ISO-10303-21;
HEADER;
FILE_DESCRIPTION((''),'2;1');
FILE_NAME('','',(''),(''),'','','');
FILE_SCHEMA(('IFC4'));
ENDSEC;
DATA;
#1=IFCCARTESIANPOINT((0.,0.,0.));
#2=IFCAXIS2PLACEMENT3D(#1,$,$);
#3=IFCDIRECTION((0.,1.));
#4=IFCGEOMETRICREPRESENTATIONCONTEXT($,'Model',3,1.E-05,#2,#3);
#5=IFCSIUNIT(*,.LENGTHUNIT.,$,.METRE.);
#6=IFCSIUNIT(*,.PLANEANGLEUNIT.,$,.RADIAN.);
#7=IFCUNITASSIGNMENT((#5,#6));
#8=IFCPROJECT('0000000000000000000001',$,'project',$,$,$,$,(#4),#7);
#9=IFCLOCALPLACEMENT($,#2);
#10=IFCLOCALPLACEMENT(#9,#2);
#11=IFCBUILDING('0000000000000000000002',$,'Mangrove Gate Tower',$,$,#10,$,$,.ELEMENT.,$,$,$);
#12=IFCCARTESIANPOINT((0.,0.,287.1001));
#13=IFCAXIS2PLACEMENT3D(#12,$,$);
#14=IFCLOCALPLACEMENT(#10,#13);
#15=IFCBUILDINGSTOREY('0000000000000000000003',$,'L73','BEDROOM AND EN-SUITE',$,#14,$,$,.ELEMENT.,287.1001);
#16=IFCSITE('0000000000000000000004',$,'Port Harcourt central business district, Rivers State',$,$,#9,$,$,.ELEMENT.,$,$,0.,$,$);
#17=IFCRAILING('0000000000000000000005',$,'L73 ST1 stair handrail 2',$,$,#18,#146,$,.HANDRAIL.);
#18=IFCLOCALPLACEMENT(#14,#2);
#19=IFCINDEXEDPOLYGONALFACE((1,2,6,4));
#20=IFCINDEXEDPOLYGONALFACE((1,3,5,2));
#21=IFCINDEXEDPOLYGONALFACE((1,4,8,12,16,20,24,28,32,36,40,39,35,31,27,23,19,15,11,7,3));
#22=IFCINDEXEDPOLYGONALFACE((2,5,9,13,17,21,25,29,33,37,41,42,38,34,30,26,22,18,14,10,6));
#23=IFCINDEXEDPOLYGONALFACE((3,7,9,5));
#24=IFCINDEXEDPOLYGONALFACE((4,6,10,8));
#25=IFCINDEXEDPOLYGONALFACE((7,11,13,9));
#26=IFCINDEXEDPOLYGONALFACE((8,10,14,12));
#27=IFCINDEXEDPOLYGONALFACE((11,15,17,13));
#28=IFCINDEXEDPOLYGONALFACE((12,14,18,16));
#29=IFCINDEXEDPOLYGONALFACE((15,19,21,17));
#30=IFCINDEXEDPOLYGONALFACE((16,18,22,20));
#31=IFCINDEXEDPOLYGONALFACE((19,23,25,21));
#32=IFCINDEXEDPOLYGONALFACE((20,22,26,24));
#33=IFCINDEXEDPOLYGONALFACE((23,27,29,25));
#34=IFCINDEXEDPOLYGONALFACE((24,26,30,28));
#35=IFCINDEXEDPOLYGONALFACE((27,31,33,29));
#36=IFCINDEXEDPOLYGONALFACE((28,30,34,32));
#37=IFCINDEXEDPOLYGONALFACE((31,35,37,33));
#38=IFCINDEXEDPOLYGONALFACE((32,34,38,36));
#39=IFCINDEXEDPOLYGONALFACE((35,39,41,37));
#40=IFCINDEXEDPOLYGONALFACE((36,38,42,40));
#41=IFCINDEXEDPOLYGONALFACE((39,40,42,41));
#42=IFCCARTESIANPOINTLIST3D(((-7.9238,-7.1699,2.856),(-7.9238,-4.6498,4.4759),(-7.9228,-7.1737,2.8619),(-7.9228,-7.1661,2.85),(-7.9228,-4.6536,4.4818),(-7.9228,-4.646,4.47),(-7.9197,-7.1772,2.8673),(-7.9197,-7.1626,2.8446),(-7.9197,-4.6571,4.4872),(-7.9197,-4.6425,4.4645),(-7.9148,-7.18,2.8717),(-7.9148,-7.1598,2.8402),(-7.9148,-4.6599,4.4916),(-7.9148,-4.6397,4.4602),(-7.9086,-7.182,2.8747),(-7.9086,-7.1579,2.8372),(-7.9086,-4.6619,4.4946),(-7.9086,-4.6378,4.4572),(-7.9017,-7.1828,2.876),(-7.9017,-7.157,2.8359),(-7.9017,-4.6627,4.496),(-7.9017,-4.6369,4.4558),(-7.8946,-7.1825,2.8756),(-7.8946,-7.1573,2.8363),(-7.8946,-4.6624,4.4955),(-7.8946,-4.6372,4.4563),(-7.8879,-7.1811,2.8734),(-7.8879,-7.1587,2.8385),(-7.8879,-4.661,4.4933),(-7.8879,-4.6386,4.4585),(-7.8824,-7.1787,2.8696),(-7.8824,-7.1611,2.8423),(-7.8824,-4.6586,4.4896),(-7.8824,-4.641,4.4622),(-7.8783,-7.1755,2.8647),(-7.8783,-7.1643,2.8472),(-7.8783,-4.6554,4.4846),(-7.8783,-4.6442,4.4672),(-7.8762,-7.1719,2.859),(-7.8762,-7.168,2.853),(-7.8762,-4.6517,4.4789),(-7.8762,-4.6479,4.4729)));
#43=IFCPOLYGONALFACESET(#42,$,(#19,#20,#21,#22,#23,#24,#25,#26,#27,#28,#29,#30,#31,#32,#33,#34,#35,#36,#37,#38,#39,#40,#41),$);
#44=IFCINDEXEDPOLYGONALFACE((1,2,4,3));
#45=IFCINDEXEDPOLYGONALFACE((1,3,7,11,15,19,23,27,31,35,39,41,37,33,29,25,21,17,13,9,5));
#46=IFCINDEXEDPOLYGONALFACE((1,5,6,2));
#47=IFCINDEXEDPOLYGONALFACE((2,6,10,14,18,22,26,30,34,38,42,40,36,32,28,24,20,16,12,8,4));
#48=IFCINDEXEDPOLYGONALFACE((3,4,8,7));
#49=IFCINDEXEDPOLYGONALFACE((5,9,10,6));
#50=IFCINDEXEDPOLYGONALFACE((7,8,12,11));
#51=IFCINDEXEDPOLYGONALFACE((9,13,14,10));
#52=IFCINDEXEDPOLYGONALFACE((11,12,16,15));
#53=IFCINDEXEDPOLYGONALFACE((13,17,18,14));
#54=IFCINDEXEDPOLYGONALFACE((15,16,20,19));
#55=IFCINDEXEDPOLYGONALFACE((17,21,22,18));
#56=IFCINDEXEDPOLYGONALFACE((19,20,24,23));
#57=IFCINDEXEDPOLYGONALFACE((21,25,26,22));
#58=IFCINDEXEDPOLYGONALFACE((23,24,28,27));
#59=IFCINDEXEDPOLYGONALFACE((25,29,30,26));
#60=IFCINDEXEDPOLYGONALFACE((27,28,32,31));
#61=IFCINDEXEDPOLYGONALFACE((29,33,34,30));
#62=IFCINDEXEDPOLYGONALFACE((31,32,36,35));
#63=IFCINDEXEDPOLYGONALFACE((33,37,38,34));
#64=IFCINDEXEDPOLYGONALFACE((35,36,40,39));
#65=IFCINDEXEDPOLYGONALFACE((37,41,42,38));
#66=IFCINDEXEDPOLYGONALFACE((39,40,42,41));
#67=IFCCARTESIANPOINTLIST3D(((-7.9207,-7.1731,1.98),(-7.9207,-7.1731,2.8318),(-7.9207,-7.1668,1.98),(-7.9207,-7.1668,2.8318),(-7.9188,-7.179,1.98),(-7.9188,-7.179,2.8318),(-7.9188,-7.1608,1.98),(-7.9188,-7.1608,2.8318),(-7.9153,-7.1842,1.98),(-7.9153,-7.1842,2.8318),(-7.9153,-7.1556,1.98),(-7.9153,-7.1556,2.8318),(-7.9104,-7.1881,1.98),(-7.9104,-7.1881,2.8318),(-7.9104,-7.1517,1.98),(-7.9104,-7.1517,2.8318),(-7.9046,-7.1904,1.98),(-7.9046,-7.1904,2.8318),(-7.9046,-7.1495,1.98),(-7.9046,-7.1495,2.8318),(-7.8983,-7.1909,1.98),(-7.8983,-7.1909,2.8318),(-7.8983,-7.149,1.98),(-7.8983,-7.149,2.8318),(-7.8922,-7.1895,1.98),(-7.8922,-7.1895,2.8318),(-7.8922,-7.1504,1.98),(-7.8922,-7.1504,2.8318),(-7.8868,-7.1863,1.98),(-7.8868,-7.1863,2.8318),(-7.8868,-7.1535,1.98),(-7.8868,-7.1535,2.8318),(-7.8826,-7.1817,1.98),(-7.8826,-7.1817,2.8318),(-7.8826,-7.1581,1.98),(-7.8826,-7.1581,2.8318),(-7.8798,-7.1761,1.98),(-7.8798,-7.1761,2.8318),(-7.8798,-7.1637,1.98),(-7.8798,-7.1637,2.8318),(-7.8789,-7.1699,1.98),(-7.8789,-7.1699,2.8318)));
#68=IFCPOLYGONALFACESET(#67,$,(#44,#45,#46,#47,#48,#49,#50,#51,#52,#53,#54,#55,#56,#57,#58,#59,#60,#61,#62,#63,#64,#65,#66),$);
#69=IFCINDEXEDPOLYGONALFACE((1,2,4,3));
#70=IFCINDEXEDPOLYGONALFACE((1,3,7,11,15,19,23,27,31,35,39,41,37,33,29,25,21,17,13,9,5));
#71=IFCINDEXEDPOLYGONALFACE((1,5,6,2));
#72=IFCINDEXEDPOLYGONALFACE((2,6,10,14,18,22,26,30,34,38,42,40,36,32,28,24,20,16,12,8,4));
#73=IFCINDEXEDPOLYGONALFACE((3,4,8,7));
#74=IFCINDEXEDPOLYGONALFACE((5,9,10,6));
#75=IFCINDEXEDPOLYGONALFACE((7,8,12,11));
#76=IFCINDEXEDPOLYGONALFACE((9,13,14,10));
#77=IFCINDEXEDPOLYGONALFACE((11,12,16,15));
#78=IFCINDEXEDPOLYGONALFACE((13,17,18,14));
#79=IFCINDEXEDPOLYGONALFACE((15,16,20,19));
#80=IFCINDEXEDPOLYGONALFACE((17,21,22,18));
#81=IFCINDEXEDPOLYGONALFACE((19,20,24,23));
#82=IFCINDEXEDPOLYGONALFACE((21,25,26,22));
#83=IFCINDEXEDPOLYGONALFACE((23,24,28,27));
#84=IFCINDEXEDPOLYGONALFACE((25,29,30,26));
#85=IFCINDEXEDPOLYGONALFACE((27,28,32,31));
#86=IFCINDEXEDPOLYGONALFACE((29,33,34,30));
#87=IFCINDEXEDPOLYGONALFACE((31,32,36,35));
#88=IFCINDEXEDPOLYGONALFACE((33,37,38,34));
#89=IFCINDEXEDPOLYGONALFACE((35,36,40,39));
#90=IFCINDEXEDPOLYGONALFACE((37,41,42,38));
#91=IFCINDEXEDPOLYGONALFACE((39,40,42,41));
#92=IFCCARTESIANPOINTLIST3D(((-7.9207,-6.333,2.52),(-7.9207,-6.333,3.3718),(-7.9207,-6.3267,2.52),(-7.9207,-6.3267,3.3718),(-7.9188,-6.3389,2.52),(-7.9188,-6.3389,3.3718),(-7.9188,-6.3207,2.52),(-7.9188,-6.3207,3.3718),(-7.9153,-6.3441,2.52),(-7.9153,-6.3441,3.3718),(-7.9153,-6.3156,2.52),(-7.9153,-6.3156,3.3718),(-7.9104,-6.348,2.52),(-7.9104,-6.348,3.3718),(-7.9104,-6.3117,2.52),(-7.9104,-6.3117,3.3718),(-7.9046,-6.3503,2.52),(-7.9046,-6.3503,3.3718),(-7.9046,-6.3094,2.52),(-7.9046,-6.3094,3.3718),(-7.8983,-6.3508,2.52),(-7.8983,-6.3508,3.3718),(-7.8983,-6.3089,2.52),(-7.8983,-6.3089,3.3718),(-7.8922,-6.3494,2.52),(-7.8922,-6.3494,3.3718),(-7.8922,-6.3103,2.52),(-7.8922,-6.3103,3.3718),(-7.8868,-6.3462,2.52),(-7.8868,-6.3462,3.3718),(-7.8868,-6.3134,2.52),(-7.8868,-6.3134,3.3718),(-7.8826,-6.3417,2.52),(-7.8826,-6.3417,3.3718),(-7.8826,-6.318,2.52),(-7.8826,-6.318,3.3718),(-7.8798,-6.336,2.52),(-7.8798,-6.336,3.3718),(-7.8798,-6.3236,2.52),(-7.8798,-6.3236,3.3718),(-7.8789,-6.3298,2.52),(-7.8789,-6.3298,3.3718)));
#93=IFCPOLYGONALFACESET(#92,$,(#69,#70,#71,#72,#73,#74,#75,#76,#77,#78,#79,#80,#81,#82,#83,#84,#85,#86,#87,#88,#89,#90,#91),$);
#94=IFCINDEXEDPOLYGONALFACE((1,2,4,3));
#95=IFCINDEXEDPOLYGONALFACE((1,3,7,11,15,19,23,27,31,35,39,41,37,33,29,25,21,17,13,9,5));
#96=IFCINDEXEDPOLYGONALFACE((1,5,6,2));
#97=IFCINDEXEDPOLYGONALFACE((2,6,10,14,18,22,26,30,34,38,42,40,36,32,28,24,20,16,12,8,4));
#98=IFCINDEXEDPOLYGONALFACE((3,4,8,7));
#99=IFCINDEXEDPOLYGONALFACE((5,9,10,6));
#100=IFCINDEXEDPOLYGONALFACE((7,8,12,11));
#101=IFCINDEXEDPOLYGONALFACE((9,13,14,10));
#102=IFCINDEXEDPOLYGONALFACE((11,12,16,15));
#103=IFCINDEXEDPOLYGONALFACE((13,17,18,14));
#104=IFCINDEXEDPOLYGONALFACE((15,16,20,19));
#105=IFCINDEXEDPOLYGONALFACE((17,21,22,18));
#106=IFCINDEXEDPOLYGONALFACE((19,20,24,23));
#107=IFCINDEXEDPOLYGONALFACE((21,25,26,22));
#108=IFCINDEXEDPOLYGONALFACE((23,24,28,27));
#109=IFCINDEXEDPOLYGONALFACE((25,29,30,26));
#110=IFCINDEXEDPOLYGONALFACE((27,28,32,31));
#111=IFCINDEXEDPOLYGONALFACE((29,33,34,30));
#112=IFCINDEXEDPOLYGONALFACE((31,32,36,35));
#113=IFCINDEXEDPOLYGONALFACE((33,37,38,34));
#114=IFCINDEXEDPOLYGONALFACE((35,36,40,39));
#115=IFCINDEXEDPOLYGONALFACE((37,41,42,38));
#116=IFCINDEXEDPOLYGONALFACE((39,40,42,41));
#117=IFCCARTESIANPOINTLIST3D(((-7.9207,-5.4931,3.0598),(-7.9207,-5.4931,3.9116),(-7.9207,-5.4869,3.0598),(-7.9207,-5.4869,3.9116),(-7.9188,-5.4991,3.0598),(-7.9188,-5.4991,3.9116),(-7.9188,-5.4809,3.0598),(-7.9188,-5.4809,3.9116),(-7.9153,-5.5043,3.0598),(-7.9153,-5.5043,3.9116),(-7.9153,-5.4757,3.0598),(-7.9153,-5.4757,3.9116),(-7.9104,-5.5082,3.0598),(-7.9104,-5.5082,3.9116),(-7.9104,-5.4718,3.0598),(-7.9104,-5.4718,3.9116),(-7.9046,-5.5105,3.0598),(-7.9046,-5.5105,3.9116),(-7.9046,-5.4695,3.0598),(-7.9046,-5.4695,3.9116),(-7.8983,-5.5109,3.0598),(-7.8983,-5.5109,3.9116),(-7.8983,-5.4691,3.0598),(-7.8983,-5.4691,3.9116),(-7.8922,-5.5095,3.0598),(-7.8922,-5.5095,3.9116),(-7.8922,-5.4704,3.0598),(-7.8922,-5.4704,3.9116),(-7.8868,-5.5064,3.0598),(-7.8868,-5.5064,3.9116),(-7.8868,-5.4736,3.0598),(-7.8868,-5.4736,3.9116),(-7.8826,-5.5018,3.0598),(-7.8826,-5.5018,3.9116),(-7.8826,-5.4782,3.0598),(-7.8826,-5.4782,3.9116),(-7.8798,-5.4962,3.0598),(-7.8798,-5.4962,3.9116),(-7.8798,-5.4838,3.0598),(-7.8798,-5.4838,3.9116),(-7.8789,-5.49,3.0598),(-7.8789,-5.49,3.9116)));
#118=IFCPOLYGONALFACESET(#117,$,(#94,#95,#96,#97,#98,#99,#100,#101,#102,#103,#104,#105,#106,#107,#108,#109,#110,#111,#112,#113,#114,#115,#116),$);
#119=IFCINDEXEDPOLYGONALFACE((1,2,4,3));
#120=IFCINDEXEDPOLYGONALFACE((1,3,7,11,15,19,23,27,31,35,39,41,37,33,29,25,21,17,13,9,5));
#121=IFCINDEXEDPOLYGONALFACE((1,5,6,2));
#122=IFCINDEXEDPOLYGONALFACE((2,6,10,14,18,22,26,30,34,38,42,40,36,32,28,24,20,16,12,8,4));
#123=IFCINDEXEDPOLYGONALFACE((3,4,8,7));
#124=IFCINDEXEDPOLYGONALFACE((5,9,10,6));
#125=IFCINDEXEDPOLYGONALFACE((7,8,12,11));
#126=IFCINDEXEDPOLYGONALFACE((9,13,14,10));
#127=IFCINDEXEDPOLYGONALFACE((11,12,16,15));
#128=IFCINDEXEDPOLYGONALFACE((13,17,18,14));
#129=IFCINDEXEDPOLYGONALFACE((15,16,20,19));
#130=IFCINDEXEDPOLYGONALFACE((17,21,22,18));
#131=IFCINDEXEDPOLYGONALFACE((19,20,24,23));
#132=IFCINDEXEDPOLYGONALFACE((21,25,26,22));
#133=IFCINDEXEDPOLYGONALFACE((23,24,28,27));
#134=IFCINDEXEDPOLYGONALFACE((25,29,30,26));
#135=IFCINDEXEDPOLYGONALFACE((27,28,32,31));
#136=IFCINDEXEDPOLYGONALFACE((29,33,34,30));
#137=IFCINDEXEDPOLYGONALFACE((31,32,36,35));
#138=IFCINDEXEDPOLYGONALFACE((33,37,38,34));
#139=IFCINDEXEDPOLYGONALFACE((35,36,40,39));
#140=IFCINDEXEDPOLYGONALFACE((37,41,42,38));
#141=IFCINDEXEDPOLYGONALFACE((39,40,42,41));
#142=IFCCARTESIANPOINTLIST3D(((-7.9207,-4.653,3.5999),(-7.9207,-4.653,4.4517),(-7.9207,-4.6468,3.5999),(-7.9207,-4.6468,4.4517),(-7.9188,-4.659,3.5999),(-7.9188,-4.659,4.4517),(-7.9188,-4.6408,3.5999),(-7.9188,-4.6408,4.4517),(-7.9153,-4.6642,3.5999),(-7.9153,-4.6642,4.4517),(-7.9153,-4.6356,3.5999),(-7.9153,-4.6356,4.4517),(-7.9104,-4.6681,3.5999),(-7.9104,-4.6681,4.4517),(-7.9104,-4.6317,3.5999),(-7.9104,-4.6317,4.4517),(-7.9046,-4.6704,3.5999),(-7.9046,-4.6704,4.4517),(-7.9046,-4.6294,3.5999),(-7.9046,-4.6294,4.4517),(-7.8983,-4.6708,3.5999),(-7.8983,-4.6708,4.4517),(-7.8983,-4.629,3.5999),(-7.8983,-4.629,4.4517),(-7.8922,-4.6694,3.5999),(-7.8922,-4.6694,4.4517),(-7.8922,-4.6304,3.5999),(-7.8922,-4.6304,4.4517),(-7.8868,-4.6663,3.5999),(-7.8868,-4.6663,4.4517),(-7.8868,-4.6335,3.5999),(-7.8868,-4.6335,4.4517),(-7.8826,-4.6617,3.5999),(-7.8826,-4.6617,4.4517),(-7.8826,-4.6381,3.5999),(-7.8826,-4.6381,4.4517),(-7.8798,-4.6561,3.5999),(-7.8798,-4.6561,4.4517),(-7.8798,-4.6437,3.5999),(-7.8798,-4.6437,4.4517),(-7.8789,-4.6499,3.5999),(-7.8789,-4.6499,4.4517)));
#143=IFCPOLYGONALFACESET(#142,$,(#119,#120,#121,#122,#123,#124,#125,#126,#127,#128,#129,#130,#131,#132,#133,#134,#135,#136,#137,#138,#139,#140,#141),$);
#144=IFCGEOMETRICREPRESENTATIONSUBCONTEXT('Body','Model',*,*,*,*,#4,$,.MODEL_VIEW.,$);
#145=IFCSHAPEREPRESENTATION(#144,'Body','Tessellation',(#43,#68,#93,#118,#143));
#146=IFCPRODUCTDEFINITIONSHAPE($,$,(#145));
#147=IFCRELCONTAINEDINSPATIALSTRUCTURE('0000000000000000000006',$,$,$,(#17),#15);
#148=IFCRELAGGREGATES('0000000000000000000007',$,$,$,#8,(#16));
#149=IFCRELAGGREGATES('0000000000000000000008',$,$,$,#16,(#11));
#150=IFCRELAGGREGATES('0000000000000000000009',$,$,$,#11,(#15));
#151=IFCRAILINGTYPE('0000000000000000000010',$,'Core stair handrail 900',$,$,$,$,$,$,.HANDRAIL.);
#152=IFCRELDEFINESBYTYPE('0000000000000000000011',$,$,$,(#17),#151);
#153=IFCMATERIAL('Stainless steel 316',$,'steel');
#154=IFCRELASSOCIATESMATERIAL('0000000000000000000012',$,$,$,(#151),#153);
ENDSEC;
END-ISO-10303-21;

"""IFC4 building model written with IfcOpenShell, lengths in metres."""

from ifc_helpers import new_model, si_unit, direction, frame, origin, origin_2d, place, context, subcontext, project, spatial, circle, extrude, material, type_object, element, save


model = new_model("IFC4")

# Units and contexts
model_context = context("Model", 3, precision=1e-05, world=origin(), true_north=direction((0.0, 1.0)))
body_context = subcontext(model_context, "Body", "Model", "MODEL_VIEW")
ifc_project = project(units=[si_unit("LENGTHUNIT", "METRE"), si_unit("PLANEANGLEUNIT", "RADIAN")], contexts=[model_context])

# Site, building, storey
site_placement = place(None, origin())
site = spatial("IfcSite", under=ifc_project, at=site_placement, Name="Port Harcourt central business district, Rivers State", CompositionType="ELEMENT", RefElevation=0.0)
building_placement = place(site_placement, origin())
building = spatial("IfcBuilding", under=site, at=building_placement, Name="Mangrove Gate Tower", CompositionType="ELEMENT")
storey_placement = place(building_placement, frame((0.0, 0.0, 287.1001)))
storey = spatial("IfcBuildingStorey", under=building, at=storey_placement, Name="L73", Description="BEDROOM AND EN-SUITE", CompositionType="ELEMENT", Elevation=287.1001)

# Railing
ifc_material_1 = material(Name="Stainless steel 316", Category="steel")
railing_type_1 = type_object("IfcRailingType", Name="Core stair handrail 900", PredefinedType="HANDRAIL", material=ifc_material_1)
railing_1_placement = place(storey_placement, frame((-7.8999, -7.1699, 1.98)))
element("IfcRailing", 1, at=railing_1_placement, inside=storey, type_object=railing_type_1, Name="L73 ST1 stair handrail 2", PredefinedType="HANDRAIL", context=body_context, shape_type="SweptSolid", body=[
    extrude(circle(Radius=0.0239, at=origin_2d()), frame((0.0, 0.0, 0.876), z_axis=(0.0, 0.8412, 0.540725), x_axis=(-1.0, 0.0, 0.0)), (0.0, 0.0, 1.0), 2.9958),
    extrude(circle(Radius=0.021, at=origin_2d()), origin(), (0.0, 0.0, 1.0), 0.8518),
    extrude(circle(Radius=0.021, at=origin_2d()), frame((0.0, 0.8401, 0.54)), (0.0, 0.0, 1.0), 0.8518),
    extrude(circle(Radius=0.021, at=origin_2d()), frame((0.0, 1.6799, 1.0798)), (0.0, 0.0, 1.0), 0.8518),
    extrude(circle(Radius=0.021, at=origin_2d()), frame((0.0, 2.52, 1.6199)), (0.0, 0.0, 1.0), 0.8518),
])

save(model, "model.ifc")
